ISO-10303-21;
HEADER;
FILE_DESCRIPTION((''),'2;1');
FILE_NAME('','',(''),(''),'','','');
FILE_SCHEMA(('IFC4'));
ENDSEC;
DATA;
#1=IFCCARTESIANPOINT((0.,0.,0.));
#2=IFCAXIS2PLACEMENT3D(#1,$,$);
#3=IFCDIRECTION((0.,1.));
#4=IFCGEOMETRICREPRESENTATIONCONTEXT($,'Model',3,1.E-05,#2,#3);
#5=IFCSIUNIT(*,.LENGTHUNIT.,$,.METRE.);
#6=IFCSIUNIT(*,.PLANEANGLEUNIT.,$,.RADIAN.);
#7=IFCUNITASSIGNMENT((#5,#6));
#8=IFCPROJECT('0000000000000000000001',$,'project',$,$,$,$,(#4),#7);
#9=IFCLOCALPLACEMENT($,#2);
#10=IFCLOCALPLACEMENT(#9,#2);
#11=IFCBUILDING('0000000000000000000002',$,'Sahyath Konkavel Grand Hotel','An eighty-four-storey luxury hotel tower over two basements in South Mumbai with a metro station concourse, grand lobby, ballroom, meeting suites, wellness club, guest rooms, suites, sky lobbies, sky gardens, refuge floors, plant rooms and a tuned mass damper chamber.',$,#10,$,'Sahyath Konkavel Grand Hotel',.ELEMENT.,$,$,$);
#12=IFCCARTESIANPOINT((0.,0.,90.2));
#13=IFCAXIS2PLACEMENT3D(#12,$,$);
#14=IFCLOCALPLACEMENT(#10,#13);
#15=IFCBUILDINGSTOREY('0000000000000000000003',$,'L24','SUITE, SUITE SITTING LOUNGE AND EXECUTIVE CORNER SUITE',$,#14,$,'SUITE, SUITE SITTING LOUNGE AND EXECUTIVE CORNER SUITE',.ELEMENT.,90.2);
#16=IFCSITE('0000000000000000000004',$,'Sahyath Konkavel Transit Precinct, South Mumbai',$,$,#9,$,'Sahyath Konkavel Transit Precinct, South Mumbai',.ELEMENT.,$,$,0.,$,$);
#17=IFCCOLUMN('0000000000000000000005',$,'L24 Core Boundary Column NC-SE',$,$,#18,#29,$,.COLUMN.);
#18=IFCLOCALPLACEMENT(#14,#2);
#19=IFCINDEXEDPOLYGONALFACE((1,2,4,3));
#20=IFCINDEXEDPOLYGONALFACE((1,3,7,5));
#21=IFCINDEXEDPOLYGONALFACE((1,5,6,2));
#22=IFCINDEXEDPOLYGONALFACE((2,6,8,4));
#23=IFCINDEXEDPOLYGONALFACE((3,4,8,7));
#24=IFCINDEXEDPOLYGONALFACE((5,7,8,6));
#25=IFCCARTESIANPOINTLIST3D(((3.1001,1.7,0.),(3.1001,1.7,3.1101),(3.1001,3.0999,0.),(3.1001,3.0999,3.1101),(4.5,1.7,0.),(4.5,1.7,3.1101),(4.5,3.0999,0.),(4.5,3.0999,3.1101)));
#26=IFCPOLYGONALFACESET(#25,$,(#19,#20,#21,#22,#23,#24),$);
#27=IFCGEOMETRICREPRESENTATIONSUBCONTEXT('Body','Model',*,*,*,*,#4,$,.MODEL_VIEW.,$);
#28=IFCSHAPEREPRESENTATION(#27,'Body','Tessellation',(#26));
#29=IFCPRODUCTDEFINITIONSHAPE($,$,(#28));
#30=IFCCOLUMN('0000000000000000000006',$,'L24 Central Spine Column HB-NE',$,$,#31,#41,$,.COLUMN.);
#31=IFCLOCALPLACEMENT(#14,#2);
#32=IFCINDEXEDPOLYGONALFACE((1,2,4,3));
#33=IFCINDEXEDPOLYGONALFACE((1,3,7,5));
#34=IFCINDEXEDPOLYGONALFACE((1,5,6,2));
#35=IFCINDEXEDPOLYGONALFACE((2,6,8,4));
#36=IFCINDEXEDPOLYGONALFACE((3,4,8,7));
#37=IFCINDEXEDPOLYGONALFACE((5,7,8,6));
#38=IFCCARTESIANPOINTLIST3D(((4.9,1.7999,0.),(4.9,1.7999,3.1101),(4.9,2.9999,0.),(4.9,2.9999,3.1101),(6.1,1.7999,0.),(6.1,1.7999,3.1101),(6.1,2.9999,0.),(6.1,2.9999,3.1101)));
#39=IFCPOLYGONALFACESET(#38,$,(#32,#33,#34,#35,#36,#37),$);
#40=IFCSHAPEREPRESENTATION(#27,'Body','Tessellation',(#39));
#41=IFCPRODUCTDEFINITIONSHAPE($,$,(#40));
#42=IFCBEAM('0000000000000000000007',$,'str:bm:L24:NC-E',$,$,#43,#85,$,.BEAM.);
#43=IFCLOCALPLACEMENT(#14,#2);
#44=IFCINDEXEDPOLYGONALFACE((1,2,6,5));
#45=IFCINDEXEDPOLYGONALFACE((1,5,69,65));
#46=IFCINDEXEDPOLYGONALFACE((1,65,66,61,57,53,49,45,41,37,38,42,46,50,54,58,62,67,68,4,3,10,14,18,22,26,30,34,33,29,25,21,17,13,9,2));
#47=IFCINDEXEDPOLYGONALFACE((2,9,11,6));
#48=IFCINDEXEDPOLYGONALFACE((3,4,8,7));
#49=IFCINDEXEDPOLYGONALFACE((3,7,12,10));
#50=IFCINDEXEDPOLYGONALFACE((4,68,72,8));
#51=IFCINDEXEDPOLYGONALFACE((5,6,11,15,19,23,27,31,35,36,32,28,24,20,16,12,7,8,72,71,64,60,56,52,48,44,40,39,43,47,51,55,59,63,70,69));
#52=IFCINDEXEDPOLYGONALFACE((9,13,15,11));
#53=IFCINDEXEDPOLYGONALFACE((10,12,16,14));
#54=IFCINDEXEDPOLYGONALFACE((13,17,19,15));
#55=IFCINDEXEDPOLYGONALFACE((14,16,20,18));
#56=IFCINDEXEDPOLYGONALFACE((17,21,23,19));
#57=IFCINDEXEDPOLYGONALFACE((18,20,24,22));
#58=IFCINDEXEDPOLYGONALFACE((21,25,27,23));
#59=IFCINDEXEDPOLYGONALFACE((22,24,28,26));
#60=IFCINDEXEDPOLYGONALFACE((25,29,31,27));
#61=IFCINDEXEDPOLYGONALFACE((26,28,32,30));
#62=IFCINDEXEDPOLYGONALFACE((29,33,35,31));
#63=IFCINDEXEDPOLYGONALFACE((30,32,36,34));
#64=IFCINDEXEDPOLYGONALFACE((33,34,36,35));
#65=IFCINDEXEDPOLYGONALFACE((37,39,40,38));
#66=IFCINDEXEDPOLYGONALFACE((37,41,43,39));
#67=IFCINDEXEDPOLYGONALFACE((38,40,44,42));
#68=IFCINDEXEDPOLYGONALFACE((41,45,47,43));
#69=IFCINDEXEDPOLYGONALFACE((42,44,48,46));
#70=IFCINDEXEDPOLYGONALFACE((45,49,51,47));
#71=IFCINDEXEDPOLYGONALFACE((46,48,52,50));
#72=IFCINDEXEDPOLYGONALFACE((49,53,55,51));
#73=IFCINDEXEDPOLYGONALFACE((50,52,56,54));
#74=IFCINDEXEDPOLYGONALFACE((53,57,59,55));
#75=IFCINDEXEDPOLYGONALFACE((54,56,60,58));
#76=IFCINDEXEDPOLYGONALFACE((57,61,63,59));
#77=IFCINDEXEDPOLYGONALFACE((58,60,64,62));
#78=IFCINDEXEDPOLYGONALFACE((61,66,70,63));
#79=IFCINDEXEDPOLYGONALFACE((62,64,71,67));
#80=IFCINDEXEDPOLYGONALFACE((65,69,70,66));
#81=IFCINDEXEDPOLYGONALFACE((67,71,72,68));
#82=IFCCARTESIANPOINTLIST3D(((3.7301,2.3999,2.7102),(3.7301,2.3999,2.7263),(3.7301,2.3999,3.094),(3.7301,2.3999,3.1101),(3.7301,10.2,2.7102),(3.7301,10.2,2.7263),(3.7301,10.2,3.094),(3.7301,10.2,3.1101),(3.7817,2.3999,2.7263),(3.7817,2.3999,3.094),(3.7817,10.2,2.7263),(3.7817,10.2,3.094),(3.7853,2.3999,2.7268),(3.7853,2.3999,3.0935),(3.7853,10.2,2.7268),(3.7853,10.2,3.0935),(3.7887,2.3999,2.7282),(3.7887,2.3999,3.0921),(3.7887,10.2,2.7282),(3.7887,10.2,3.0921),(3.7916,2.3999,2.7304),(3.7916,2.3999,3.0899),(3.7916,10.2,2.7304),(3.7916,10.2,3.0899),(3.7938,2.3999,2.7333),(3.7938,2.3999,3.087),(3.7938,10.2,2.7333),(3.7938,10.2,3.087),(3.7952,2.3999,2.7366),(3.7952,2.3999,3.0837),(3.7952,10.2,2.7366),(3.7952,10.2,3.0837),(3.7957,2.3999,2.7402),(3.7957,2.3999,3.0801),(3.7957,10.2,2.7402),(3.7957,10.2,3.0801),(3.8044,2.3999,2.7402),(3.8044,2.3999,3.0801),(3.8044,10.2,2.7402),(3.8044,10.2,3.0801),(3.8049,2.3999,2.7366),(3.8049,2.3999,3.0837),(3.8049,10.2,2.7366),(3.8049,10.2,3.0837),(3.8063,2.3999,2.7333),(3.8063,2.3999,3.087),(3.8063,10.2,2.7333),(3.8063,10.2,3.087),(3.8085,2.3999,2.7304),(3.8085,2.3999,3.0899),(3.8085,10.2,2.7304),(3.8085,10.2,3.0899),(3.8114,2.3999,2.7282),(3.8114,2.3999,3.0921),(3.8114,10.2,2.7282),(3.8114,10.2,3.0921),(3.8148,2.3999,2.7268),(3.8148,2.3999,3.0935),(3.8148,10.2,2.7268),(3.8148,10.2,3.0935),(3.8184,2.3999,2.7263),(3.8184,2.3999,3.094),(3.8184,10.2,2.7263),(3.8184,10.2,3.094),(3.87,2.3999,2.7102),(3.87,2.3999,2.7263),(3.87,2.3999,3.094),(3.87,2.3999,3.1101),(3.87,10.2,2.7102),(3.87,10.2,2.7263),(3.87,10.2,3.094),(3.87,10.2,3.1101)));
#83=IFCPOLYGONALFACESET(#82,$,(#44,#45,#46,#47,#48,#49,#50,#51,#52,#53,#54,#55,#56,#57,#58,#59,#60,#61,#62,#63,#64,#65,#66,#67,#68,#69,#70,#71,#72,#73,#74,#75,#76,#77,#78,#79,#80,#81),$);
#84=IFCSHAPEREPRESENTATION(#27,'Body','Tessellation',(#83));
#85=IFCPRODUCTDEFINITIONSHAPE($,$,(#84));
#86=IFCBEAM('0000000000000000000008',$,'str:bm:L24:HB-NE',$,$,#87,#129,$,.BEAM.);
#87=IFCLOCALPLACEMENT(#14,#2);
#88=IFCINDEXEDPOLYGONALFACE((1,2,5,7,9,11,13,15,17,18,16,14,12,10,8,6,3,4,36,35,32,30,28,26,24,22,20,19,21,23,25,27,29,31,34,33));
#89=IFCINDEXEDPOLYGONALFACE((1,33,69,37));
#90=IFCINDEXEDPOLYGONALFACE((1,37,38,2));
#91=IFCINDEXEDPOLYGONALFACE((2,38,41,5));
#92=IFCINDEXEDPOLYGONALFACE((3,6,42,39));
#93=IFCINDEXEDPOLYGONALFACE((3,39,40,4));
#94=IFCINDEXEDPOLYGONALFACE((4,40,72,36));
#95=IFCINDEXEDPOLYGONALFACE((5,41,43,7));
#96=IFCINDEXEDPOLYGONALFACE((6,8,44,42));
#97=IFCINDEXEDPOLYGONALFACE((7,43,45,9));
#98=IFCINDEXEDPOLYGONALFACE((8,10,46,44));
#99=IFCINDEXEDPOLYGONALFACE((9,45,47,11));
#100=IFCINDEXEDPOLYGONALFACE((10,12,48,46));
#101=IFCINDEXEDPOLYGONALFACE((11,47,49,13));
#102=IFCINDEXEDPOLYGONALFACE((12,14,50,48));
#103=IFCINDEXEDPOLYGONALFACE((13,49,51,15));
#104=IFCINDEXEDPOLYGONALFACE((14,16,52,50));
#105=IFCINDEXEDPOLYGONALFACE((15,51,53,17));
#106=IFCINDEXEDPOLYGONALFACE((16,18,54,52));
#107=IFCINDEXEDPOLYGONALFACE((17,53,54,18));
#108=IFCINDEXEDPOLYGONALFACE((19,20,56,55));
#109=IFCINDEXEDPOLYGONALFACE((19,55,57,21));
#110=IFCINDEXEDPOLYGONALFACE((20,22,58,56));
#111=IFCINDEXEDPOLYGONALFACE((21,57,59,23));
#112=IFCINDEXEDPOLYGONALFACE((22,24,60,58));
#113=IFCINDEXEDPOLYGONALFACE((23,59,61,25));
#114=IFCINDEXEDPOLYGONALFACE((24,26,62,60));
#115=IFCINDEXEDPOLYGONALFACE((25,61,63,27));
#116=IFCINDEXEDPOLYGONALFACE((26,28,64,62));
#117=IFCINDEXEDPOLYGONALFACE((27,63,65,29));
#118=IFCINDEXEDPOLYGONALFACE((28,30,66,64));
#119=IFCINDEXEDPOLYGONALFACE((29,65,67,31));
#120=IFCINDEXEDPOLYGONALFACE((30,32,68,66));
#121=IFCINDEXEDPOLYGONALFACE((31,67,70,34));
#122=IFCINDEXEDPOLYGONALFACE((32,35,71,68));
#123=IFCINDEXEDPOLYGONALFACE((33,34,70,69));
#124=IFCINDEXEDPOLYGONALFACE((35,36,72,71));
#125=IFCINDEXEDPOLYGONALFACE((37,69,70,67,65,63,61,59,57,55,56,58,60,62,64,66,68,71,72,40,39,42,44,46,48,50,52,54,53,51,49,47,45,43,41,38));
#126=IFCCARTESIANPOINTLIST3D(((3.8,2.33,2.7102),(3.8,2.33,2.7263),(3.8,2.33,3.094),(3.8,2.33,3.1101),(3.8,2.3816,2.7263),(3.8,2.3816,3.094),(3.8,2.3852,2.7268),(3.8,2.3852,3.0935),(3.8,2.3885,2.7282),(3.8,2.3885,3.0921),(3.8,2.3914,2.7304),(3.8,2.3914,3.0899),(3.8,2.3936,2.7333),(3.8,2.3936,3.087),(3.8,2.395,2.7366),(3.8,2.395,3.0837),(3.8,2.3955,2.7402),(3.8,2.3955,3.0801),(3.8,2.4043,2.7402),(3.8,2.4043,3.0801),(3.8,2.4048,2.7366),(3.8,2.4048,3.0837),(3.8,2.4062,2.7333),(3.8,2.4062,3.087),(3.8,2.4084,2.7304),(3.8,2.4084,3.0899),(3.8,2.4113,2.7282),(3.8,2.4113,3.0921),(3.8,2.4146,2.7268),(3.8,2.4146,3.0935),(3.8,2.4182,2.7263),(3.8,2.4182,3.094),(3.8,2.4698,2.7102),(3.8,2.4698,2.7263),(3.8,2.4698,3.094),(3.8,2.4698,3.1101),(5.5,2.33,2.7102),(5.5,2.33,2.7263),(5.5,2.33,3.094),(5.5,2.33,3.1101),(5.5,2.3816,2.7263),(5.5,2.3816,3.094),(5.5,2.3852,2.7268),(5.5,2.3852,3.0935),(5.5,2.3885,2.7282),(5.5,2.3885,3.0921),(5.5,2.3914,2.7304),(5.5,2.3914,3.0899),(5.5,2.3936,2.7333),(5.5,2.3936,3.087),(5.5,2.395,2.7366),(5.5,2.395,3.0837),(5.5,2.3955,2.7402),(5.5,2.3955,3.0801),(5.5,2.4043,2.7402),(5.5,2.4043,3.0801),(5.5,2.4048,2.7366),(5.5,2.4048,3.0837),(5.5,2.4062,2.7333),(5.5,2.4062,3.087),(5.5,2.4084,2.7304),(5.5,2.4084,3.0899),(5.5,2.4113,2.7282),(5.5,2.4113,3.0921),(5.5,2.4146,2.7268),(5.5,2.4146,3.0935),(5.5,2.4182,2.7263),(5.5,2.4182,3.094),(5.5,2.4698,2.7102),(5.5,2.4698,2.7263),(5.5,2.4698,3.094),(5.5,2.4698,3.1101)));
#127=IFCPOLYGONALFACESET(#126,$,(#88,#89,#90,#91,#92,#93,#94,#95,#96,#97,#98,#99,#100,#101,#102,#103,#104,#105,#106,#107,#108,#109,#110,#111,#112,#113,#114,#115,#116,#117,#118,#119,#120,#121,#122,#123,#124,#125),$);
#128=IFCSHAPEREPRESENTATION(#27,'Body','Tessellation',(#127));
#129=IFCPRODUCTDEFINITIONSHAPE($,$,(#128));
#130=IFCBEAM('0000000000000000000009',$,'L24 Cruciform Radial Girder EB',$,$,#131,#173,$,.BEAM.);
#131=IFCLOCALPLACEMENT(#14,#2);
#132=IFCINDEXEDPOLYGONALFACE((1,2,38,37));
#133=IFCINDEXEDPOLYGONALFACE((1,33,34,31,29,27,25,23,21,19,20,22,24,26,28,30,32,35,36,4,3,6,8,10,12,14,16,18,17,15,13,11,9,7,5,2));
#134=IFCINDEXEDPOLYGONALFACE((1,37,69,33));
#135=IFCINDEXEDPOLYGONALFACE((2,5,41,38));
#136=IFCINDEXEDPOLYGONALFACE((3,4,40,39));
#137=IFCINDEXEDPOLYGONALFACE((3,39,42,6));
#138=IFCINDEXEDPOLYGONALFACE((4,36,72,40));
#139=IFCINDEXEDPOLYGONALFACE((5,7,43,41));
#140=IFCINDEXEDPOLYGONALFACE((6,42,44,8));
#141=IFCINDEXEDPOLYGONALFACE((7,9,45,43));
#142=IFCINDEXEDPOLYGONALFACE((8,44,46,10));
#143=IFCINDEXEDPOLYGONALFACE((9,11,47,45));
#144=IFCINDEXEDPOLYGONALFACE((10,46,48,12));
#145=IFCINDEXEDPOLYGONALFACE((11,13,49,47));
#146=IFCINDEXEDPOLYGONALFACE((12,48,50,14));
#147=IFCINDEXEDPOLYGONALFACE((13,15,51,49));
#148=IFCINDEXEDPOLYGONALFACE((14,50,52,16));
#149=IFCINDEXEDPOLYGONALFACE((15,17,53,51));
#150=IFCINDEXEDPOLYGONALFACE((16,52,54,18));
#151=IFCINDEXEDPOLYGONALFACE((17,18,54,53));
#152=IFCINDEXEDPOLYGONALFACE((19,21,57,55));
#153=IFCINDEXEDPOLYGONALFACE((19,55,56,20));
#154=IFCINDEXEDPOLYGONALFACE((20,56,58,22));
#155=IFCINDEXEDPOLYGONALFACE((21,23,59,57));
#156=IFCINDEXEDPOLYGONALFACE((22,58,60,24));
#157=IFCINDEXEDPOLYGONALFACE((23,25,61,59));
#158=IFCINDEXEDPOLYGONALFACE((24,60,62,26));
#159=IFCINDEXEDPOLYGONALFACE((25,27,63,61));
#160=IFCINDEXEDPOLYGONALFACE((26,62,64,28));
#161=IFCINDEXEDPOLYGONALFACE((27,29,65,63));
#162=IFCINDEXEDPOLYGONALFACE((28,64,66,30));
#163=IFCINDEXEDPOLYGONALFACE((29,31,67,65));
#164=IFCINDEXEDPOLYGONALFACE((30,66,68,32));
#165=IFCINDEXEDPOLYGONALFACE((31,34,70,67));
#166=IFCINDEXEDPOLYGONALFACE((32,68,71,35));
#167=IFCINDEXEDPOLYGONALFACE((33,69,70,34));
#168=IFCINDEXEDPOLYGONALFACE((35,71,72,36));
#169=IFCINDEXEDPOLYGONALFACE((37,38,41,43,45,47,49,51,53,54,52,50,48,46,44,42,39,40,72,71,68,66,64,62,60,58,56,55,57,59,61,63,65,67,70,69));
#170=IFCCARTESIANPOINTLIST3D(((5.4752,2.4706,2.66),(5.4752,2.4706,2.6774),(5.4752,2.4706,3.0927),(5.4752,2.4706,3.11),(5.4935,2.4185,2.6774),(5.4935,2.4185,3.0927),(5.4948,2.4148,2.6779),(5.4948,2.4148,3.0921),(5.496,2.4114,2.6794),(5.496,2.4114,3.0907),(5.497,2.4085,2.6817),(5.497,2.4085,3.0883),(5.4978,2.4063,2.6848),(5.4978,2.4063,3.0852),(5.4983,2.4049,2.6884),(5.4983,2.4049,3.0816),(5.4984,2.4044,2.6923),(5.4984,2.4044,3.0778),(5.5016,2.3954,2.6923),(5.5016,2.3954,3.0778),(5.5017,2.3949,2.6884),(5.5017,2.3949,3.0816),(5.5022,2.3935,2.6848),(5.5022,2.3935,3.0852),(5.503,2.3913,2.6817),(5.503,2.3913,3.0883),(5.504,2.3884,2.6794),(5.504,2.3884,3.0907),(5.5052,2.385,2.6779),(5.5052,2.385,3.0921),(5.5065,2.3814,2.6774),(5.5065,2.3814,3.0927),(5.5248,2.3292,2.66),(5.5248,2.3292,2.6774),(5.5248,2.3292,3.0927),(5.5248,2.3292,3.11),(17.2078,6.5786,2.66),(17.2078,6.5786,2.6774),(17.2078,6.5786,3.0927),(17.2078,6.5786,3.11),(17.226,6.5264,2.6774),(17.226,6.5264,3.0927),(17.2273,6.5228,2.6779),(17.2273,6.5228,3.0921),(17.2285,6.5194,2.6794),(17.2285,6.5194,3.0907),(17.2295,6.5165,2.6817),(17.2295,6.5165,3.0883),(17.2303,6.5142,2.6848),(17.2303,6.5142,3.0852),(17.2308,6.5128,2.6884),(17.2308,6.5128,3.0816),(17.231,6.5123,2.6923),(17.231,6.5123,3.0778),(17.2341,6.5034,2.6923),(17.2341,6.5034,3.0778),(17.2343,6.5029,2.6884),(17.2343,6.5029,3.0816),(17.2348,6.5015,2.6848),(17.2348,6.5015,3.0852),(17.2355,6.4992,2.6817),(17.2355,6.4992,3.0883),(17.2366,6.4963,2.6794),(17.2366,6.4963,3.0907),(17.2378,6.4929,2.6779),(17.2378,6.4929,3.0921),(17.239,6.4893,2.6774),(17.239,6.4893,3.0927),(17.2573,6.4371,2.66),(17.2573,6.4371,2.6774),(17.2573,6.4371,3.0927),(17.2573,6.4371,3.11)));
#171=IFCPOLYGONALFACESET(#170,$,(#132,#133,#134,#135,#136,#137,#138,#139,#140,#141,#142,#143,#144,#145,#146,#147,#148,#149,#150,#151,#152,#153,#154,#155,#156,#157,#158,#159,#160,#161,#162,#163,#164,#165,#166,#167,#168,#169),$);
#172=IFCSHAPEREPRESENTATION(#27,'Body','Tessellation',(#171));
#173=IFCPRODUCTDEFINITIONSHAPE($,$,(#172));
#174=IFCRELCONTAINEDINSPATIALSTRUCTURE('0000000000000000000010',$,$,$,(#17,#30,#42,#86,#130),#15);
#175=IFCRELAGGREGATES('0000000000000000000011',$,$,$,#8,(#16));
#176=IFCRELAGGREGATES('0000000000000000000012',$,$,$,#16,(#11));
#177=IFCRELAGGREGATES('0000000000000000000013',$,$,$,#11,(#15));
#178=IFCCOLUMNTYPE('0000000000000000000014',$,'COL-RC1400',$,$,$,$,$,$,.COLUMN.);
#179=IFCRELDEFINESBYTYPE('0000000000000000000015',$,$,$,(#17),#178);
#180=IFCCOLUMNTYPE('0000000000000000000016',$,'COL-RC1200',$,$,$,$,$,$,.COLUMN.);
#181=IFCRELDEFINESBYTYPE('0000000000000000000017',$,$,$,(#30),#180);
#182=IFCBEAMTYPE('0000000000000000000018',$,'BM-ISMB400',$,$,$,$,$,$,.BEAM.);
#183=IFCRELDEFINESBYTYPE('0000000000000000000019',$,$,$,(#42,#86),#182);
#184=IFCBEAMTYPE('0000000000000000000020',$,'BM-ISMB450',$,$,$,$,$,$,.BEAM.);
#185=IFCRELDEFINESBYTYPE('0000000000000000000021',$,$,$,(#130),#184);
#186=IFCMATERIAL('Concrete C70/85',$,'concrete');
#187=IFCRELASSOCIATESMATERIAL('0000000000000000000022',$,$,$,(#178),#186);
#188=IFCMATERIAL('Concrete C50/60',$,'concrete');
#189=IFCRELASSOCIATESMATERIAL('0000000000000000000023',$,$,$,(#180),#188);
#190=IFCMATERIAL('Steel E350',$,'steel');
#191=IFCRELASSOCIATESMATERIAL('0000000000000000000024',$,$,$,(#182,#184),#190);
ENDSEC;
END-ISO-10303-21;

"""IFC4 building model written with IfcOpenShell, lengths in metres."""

from ifc_helpers import new_model, si_unit, direction, frame, origin, origin_2d, place, context, subcontext, project, spatial, rectangle, i_section, extrude, source, transform, mapped, material, material_profile, profile_set, type_object, element, save


model = new_model("IFC4")

# Units and contexts
model_context = context("Model", 3, precision=1e-05, world=origin(), true_north=direction((0.0, 1.0)))
body_context = subcontext(model_context, "Body", "Model", "MODEL_VIEW")
ifc_project = project(units=[si_unit("LENGTHUNIT", "METRE"), si_unit("PLANEANGLEUNIT", "RADIAN")], contexts=[model_context])

# Site, building, storey
site_placement = place(None, origin())
site = spatial("IfcSite", under=ifc_project, at=site_placement, Name="Sahyath Konkavel Transit Precinct, South Mumbai", LongName="Sahyath Konkavel Transit Precinct, South Mumbai", CompositionType="ELEMENT", RefElevation=0.0)
building_placement = place(site_placement, origin())
building = spatial("IfcBuilding", under=site, at=building_placement, Name="Sahyath Konkavel Grand Hotel", Description="An eighty-four-storey luxury hotel tower over two basements in South Mumbai with a metro station concourse, grand lobby, ballroom, meeting suites, wellness club, guest rooms, suites, sky lobbies, sky gardens, refuge floors, plant rooms and a tuned mass damper chamber.", LongName="Sahyath Konkavel Grand Hotel", CompositionType="ELEMENT")
storey_placement = place(building_placement, frame((0.0, 0.0, 90.2)))
storey = spatial("IfcBuildingStorey", under=building, at=storey_placement, Name="L24", Description="SUITE, SUITE SITTING LOUNGE AND EXECUTIVE CORNER SUITE", LongName="SUITE, SUITE SITTING LOUNGE AND EXECUTIVE CORNER SUITE", CompositionType="ELEMENT", Elevation=90.2)

# Columns
ifc_material_1 = material(Name="Concrete C70/85", Category="concrete")
ifc_material_profile_1 = material_profile(ifc_material_1, rectangle(XDim=1.3999, YDim=1.3999, at=origin_2d()), Name="RC 1400x1400")
ifc_profile_set_1 = profile_set([ifc_material_profile_1], Name="Concrete C70/85")
column_type_1 = type_object("IfcColumnType", Name="COL-RC1400", PredefinedType="COLUMN", material=ifc_profile_set_1)
shared_shape_1 = source(origin(), body_context, "Body", "SweptSolid", [
    extrude(rectangle(XDim=1.3999, YDim=1.3999, at=origin_2d()), origin(), (0.0, 0.0, 1.0), 3.1101),
])
column_1_placement = place(storey_placement, frame((3.8, 2.3999, 0.0), z_axis=(0.0, 0.0, 1.0), x_axis=(1.0, 0.0, 0.0)))
element("IfcColumn", 1, at=column_1_placement, inside=storey, type_object=column_type_1, Name="L24 Core Boundary Column NC-SE", PredefinedType="COLUMN", context=body_context, shape_type="MappedRepresentation", body=[
    mapped(shared_shape_1, transform((0.0, 0.0, 0.0), scale=1.0)),
])
ifc_material_2 = material(Name="Concrete C50/60", Category="concrete")
ifc_material_profile_2 = material_profile(ifc_material_2, rectangle(XDim=1.2, YDim=1.2, at=origin_2d()), Name="RC 1200x1200")
ifc_profile_set_2 = profile_set([ifc_material_profile_2], Name="Concrete C50/60")
column_type_2 = type_object("IfcColumnType", Name="COL-RC1200", PredefinedType="COLUMN", material=ifc_profile_set_2)
shared_shape_2 = source(origin(), body_context, "Body", "SweptSolid", [
    extrude(rectangle(XDim=1.2, YDim=1.2, at=origin_2d()), origin(), (0.0, 0.0, 1.0), 3.1101),
])
column_2_placement = place(storey_placement, frame((5.5, 2.3999, 0.0), z_axis=(0.0, 0.0, 1.0), x_axis=(1.0, 0.0, 0.0)))
element("IfcColumn", 2, at=column_2_placement, inside=storey, type_object=column_type_2, Name="L24 Central Spine Column HB-NE", PredefinedType="COLUMN", context=body_context, shape_type="MappedRepresentation", body=[
    mapped(shared_shape_2, transform((0.0, 0.0, 0.0), scale=1.0)),
])

# Beams
ifc_material_3 = material(Name="Steel E350", Category="steel")
ifc_material_profile_3 = material_profile(ifc_material_3, i_section(OverallWidth=0.1399, OverallDepth=0.3999, WebThickness=0.0088, FlangeThickness=0.0161, FilletRadius=0.0139, at=origin_2d()), Name="ISMB 400")
ifc_profile_set_3 = profile_set([ifc_material_profile_3], Name="Steel E350")
beam_type_1 = type_object("IfcBeamType", Name="BM-ISMB400", PredefinedType="BEAM", material=ifc_profile_set_3)
shared_shape_3 = source(origin(), body_context, "Body", "SweptSolid", [
    extrude(i_section(OverallWidth=0.1399, OverallDepth=0.3999, WebThickness=0.0088, FlangeThickness=0.0161, FilletRadius=0.0139, at=origin_2d()), origin(), (0.0, 0.0, 1.0), 7.8),
])
beam_1_placement = place(storey_placement, frame((3.8, 2.3999, 2.9102), z_axis=(0.0, 1.0, 0.0), x_axis=(-1.0, 0.0, 0.0)))
element("IfcBeam", 3, at=beam_1_placement, inside=storey, type_object=beam_type_1, Name="str:bm:L24:NC-E", PredefinedType="BEAM", context=body_context, shape_type="MappedRepresentation", body=[
    mapped(shared_shape_3, transform((0.0, 0.0, 0.0), scale=1.0)),
])
shared_shape_4 = source(origin(), body_context, "Body", "SweptSolid", [
    extrude(i_section(OverallWidth=0.1399, OverallDepth=0.3999, WebThickness=0.0088, FlangeThickness=0.0161, FilletRadius=0.0139, at=origin_2d()), origin(), (0.0, 0.0, 1.0), 1.7),
])
beam_2_placement = place(storey_placement, frame((3.8, 2.3999, 2.9102), z_axis=(1.0, 0.0, 0.0), x_axis=(0.0, 1.0, 0.0)))
element("IfcBeam", 4, at=beam_2_placement, inside=storey, type_object=beam_type_1, Name="str:bm:L24:HB-NE", PredefinedType="BEAM", context=body_context, shape_type="MappedRepresentation", body=[
    mapped(shared_shape_4, transform((0.0, 0.0, 0.0), scale=1.0)),
])
ifc_material_profile_4 = material_profile(ifc_material_3, i_section(OverallWidth=0.1499, OverallDepth=0.45, WebThickness=0.0095, FlangeThickness=0.0173, FilletRadius=0.0149, at=origin_2d()), Name="ISMB 450")
ifc_profile_set_4 = profile_set([ifc_material_profile_4], Name="Steel E350")
beam_type_2 = type_object("IfcBeamType", Name="BM-ISMB450", PredefinedType="BEAM", material=ifc_profile_set_4)
shared_shape_5 = source(origin(), body_context, "Body", "SweptSolid", [
    extrude(i_section(OverallWidth=0.1499, OverallDepth=0.45, WebThickness=0.0095, FlangeThickness=0.0173, FilletRadius=0.0149, at=origin_2d()), origin(), (0.0, 0.0, 1.0), 12.4309),
])
beam_3_placement = place(storey_placement, frame((5.5, 2.3999, 2.885), z_axis=(0.943819, 0.330462, 0.0), x_axis=(-0.330462, 0.943819, 0.0)))
element("IfcBeam", 5, at=beam_3_placement, inside=storey, type_object=beam_type_2, Name="L24 Cruciform Radial Girder EB", PredefinedType="BEAM", context=body_context, shape_type="MappedRepresentation", body=[
    mapped(shared_shape_5, transform((0.0, 0.0, 0.0), scale=1.0)),
])

save(model, "model.ifc")
